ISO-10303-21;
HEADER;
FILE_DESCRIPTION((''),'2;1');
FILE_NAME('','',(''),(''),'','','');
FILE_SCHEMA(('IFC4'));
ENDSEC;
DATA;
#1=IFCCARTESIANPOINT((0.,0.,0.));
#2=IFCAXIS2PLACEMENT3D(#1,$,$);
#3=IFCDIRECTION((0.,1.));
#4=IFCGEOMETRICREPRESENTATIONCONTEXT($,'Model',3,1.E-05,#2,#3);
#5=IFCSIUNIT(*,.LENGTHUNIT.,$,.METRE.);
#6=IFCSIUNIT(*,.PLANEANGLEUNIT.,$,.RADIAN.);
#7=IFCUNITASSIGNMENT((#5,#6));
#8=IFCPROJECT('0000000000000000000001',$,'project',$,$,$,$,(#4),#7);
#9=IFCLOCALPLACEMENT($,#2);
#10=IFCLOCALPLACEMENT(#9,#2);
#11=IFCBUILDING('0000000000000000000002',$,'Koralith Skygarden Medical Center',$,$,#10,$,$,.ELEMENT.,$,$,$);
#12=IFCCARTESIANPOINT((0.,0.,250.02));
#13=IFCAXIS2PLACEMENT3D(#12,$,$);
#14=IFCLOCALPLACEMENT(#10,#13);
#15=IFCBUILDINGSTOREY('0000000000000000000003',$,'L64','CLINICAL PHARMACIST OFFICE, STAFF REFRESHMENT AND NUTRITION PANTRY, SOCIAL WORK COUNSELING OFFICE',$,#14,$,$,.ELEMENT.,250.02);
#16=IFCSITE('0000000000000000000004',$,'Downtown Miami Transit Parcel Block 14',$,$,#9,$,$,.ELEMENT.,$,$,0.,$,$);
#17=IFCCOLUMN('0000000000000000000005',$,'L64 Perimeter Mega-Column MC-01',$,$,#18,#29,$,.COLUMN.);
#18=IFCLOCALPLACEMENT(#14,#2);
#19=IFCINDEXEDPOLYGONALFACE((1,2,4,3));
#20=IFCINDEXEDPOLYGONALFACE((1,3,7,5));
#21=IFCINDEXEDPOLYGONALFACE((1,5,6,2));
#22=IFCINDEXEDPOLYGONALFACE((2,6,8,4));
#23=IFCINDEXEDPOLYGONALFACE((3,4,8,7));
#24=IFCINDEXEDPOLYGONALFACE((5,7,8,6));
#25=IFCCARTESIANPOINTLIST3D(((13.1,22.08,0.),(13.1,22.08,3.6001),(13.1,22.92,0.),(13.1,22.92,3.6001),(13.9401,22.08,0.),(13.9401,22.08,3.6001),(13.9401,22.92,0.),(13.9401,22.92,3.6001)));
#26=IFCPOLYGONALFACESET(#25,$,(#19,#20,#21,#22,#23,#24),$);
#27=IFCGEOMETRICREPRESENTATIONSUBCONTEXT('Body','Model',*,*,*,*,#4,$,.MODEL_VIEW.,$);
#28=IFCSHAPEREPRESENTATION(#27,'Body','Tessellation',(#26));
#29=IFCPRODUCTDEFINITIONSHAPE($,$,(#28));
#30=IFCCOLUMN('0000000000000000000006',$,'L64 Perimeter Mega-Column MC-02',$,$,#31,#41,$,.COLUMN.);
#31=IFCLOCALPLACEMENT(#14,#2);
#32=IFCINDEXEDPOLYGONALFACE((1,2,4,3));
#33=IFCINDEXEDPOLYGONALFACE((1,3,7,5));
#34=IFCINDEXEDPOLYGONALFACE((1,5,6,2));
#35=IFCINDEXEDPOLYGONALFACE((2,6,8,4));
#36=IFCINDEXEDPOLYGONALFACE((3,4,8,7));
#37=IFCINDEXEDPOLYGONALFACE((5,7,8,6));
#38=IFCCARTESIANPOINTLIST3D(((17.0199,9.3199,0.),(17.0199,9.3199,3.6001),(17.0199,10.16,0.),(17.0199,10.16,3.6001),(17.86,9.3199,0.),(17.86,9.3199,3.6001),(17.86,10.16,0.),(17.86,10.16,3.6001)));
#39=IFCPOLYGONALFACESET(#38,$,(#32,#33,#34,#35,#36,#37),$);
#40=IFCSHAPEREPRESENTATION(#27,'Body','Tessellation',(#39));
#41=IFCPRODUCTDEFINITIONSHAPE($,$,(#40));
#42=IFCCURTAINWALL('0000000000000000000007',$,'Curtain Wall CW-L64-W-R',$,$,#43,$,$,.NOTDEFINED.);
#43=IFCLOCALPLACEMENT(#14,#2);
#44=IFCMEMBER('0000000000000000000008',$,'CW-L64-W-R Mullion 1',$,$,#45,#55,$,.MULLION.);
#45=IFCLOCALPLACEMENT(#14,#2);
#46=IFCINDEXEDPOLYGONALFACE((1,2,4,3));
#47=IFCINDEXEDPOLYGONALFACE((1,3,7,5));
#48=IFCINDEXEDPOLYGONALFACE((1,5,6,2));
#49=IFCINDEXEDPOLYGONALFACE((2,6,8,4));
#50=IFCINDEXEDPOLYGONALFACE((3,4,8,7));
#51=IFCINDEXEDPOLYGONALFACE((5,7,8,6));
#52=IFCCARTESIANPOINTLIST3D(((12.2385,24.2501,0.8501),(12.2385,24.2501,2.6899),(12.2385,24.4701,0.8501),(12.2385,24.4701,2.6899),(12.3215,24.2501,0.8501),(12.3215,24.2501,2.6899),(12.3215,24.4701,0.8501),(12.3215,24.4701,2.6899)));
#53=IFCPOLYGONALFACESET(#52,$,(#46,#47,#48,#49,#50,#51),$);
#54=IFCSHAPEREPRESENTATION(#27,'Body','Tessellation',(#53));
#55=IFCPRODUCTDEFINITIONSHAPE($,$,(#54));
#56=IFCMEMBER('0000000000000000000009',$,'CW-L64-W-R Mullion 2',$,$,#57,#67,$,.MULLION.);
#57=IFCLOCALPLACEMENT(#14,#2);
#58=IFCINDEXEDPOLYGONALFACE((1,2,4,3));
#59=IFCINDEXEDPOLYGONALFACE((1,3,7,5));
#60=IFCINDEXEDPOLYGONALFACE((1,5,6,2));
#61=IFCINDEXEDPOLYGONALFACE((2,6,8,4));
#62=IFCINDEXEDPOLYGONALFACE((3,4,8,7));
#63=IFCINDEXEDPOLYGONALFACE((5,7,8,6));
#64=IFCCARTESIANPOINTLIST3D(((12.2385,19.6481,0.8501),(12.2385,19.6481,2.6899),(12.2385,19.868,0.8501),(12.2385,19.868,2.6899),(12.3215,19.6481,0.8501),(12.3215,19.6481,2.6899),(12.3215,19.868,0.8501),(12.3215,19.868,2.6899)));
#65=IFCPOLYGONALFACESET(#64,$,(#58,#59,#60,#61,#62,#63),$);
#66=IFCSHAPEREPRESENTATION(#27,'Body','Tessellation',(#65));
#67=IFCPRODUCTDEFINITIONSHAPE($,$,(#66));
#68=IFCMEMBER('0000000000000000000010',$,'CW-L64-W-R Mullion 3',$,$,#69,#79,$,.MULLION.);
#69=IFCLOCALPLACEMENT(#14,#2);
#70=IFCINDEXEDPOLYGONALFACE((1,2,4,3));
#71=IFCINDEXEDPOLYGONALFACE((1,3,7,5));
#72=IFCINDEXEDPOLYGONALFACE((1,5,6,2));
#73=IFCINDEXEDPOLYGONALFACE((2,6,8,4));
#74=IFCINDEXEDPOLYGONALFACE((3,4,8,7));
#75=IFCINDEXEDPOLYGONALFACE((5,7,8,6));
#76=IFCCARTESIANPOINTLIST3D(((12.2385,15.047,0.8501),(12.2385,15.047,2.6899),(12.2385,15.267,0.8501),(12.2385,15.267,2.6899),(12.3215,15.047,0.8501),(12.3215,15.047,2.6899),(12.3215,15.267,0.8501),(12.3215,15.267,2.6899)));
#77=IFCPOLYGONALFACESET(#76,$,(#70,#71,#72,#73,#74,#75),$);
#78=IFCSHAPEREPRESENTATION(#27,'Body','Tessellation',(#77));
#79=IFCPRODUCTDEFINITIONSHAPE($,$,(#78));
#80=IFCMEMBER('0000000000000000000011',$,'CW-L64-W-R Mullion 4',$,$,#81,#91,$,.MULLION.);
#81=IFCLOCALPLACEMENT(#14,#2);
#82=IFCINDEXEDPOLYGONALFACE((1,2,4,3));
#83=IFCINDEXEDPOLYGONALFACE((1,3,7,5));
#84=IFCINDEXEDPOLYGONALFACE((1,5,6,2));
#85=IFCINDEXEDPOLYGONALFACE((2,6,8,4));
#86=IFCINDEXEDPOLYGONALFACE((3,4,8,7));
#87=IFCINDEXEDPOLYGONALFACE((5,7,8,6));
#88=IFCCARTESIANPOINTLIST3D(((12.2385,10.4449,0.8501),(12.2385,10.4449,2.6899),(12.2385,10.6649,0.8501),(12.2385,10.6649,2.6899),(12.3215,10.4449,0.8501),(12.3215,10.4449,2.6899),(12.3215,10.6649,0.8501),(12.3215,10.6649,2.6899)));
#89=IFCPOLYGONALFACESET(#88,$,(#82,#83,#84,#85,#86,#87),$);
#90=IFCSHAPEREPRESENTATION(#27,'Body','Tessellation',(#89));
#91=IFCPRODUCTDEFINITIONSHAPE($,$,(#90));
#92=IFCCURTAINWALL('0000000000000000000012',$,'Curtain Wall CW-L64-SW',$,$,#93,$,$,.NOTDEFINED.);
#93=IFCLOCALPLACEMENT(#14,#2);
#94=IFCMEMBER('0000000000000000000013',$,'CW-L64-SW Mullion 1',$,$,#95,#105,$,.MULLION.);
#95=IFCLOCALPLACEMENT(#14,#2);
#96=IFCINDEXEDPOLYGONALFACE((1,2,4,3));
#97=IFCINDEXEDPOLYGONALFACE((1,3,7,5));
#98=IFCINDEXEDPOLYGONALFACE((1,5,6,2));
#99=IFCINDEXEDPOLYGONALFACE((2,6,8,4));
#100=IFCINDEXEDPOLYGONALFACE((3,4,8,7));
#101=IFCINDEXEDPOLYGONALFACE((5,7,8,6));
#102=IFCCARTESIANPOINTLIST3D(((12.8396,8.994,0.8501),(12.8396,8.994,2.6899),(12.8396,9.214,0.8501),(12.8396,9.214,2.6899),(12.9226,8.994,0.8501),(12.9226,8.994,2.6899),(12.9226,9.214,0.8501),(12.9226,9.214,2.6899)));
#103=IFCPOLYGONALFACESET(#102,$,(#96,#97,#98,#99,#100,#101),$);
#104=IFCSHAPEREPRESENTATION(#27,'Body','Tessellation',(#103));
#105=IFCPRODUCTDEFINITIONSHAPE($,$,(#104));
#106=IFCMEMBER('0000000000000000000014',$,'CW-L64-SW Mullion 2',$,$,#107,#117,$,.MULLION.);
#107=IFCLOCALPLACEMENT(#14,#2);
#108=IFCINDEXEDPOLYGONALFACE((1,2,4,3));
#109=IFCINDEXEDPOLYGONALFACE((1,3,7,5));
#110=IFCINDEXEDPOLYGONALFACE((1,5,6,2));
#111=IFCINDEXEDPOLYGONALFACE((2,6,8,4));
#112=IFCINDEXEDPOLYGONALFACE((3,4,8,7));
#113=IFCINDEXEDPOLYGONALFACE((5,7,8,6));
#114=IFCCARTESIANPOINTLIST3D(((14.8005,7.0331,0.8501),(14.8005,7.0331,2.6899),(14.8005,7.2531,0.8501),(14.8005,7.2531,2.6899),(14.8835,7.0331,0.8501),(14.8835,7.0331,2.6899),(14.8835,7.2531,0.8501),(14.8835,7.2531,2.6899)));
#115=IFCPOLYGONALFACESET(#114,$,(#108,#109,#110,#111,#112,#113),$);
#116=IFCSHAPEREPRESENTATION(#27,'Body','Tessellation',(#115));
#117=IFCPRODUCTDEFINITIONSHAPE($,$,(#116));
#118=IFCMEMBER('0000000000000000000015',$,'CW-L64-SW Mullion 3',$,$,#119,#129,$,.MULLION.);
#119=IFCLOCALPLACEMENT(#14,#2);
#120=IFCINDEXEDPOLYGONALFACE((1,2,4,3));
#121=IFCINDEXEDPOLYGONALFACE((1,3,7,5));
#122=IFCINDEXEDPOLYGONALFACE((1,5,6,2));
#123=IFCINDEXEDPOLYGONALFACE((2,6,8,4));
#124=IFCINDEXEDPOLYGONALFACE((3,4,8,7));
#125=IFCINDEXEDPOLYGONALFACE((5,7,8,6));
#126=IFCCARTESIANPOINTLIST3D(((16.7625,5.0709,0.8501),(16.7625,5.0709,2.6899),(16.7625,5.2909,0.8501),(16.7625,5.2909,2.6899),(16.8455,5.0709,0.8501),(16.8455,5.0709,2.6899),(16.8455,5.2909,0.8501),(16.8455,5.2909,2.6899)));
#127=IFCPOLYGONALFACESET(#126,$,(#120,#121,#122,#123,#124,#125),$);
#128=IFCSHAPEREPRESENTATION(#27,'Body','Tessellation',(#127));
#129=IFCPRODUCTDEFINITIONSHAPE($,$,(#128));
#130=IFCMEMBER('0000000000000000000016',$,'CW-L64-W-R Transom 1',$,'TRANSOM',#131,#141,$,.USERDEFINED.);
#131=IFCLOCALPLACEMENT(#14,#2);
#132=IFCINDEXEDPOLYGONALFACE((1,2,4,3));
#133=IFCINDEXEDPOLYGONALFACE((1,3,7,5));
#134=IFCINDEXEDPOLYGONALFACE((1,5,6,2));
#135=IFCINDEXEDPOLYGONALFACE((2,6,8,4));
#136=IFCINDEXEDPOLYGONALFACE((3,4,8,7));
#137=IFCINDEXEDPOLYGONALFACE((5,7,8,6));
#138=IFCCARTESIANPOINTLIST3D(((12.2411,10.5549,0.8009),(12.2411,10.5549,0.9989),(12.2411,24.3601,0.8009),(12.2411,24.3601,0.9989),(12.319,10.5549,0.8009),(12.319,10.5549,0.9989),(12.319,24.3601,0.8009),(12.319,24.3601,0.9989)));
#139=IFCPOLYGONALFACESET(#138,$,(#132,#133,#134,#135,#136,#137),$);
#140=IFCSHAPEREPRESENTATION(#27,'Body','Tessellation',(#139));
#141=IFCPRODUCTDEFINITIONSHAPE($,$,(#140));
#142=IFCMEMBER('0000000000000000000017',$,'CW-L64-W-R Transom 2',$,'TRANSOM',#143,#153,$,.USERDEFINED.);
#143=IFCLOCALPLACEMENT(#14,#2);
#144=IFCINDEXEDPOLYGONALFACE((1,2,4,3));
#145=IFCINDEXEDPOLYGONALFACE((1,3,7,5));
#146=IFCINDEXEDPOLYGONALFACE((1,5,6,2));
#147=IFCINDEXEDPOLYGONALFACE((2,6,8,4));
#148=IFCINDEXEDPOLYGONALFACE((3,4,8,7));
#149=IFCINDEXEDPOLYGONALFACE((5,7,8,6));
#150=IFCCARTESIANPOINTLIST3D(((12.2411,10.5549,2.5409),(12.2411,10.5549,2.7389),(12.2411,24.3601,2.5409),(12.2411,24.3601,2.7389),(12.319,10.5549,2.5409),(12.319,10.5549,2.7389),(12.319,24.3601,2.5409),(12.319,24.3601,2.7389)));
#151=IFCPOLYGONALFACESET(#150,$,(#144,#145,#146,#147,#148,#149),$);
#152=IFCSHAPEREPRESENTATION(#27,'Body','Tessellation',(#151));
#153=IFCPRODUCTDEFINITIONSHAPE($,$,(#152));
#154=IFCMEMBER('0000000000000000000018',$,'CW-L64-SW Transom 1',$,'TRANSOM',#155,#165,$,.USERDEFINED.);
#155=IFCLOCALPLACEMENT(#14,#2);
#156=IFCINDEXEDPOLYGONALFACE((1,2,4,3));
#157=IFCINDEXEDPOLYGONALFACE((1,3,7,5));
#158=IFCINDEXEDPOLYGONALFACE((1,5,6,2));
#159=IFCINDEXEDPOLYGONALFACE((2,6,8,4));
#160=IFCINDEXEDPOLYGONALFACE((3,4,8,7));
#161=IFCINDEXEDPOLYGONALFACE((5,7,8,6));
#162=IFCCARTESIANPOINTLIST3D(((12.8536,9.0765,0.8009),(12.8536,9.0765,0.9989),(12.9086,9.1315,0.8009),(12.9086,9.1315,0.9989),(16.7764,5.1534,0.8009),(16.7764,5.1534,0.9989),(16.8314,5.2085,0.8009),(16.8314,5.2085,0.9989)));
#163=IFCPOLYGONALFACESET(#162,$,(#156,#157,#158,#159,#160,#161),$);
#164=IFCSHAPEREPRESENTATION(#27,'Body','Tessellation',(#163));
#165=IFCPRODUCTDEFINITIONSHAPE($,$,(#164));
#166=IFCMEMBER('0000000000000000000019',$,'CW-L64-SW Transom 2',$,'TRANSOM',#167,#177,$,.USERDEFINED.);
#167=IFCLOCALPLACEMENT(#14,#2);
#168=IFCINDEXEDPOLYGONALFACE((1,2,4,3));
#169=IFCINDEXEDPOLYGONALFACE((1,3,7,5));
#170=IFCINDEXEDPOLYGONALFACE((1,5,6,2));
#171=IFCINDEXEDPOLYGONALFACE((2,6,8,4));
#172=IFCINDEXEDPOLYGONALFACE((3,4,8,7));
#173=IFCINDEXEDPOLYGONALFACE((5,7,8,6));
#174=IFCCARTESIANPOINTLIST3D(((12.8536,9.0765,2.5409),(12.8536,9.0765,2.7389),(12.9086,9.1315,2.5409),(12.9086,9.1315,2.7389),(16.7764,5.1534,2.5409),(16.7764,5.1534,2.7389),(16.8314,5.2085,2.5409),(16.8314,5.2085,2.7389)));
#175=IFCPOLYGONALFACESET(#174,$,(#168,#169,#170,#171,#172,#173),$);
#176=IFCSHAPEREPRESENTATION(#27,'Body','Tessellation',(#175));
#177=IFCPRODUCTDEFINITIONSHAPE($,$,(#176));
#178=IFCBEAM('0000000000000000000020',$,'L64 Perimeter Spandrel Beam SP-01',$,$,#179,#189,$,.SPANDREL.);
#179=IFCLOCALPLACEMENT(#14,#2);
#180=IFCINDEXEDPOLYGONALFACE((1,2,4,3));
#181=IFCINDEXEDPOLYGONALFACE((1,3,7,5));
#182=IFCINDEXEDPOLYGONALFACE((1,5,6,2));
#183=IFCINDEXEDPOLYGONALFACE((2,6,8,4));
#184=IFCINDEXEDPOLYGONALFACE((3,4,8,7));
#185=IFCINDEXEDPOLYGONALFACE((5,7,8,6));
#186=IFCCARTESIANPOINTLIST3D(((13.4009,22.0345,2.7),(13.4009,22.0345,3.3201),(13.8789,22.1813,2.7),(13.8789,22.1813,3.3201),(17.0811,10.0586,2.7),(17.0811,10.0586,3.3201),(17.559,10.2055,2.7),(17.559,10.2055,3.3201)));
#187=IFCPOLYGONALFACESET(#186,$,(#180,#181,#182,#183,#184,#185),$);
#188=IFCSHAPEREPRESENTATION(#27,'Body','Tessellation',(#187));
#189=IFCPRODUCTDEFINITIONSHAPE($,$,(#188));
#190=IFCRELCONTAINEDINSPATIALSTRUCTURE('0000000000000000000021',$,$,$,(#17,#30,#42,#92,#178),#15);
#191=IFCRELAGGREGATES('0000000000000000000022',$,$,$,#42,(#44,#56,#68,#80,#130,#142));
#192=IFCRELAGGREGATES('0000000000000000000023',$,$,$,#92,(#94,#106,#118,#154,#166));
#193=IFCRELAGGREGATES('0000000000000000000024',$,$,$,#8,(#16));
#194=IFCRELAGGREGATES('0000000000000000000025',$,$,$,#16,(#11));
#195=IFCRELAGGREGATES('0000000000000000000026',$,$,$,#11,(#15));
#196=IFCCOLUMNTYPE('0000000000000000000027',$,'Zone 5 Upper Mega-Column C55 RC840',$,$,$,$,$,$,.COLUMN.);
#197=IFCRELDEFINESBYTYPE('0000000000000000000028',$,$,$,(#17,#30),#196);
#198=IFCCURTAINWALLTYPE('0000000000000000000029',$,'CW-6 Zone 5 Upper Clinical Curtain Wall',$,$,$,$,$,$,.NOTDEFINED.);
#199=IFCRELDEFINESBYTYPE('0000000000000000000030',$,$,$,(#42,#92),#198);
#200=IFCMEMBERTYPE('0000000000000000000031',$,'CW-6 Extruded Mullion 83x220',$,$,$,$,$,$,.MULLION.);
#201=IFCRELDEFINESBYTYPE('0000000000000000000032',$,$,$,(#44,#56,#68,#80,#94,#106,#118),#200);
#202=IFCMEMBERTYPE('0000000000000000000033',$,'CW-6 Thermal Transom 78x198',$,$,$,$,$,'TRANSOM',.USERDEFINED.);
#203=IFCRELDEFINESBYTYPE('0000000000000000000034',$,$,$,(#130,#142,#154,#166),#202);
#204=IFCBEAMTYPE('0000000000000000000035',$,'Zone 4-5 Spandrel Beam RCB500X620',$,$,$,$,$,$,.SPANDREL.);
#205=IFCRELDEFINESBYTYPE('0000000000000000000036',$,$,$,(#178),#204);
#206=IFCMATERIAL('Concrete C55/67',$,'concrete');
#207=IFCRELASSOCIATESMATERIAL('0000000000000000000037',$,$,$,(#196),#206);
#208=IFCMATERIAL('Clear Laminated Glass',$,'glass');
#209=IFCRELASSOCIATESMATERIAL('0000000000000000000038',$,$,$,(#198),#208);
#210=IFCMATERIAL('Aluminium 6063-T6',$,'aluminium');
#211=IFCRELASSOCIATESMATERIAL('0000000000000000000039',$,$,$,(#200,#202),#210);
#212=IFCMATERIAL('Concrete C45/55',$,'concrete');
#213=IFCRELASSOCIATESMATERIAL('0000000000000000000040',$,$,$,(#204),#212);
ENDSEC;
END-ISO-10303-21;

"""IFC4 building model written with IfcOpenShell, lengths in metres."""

from ifc_helpers import new_model, si_unit, direction, frame, origin, origin_2d, place, context, subcontext, project, spatial, rectangle, extrude, material, material_profile, profile_set, type_object, element, aggregate, save


model = new_model("IFC4")

# Units and contexts
model_context = context("Model", 3, precision=1e-05, world=origin(), true_north=direction((0.0, 1.0)))
body_context = subcontext(model_context, "Body", "Model", "MODEL_VIEW")
ifc_project = project(units=[si_unit("LENGTHUNIT", "METRE"), si_unit("PLANEANGLEUNIT", "RADIAN")], contexts=[model_context])

# Site, building, storey
site_placement = place(None, origin())
site = spatial("IfcSite", under=ifc_project, at=site_placement, Name="Downtown Miami Transit Parcel Block 14", CompositionType="ELEMENT", RefElevation=0.0)
building_placement = place(site_placement, origin())
building = spatial("IfcBuilding", under=site, at=building_placement, Name="Koralith Skygarden Medical Center", CompositionType="ELEMENT")
storey_placement = place(building_placement, frame((0.0, 0.0, 250.02)))
storey = spatial("IfcBuildingStorey", under=building, at=storey_placement, Name="L64", Description="CLINICAL PHARMACIST OFFICE, STAFF REFRESHMENT AND NUTRITION PANTRY, SOCIAL WORK COUNSELING OFFICE", CompositionType="ELEMENT", Elevation=250.02)

# Columns
ifc_material_1 = material(Name="Concrete C55/67", Category="concrete")
ifc_material_profile_1 = material_profile(ifc_material_1, rectangle(XDim=0.8401, YDim=0.8401, at=origin_2d()), Name="RC840X840")
ifc_profile_set_1 = profile_set([ifc_material_profile_1], Name="Concrete C55/67")
column_type = type_object("IfcColumnType", Name="Zone 5 Upper Mega-Column C55 RC840", PredefinedType="COLUMN", material=ifc_profile_set_1)
for number, where, z_axis, x_axis, name in (
    (1, (13.52, 22.5, 0.0), (0.0, 0.0, 1.0), (1.0, 0.0, 0.0), "L64 Perimeter Mega-Column MC-01"),
    (2, (17.4399, 9.74, 0.0), (0.0, 0.0, 1.0), (1.0, 0.0, 0.0), "L64 Perimeter Mega-Column MC-02"),
):
    element("IfcColumn", number, at=place(storey_placement, frame(where, z_axis=z_axis, x_axis=x_axis)), inside=storey, type_object=column_type, Name=name, PredefinedType="COLUMN", context=body_context, shape_type="SweptSolid", body=[
        extrude(rectangle(XDim=0.8401, YDim=0.8401, at=origin_2d()), origin(), (0.0, 0.0, 1.0), 3.6001),
    ])

# Curtain walls, members
ifc_material_2 = material(Name="Clear Laminated Glass", Category="glass")
curtain_wall_type = type_object("IfcCurtainWallType", Name="CW-6 Zone 5 Upper Clinical Curtain Wall", PredefinedType="NOTDEFINED", material=ifc_material_2)
curtain_wall_1_placement = place(storey_placement, origin())
curtain_wall_1 = element("IfcCurtainWall", 3, at=curtain_wall_1_placement, inside=storey, type_object=curtain_wall_type, Name="Curtain Wall CW-L64-W-R", PredefinedType="NOTDEFINED")
ifc_material_3 = material(Name="Aluminium 6063-T6", Category="aluminium")
ifc_material_profile_2 = material_profile(ifc_material_3, rectangle(XDim=0.083, YDim=0.22, at=origin_2d()), Name="MUL83X220")
ifc_profile_set_2 = profile_set([ifc_material_profile_2], Name="Aluminium 6063-T6")
member_type_1 = type_object("IfcMemberType", Name="CW-6 Extruded Mullion 83x220", PredefinedType="MULLION", material=ifc_profile_set_2)
member_1_placement = place(storey_placement, frame((12.28, 24.3601, 0.8501), z_axis=(0.0, 0.0, 1.0), x_axis=(1.0, 0.0, 0.0)))
member_1 = element("IfcMember", 4, at=member_1_placement, type_object=member_type_1, Name="CW-L64-W-R Mullion 1", PredefinedType="MULLION", context=body_context, shape_type="SweptSolid", body=[
    extrude(rectangle(XDim=0.083, YDim=0.22, at=origin_2d()), origin(), (0.0, 0.0, 1.0), 1.8398),
])
member_2_placement = place(storey_placement, frame((12.28, 19.7581, 0.8501), z_axis=(0.0, 0.0, 1.0), x_axis=(1.0, 0.0, 0.0)))
member_2 = element("IfcMember", 5, at=member_2_placement, type_object=member_type_1, Name="CW-L64-W-R Mullion 2", PredefinedType="MULLION", context=body_context, shape_type="SweptSolid", body=[
    extrude(rectangle(XDim=0.083, YDim=0.22, at=origin_2d()), origin(), (0.0, 0.0, 1.0), 1.8398),
])
member_3_placement = place(storey_placement, frame((12.28, 15.157, 0.8501), z_axis=(0.0, 0.0, 1.0), x_axis=(1.0, 0.0, 0.0)))
member_3 = element("IfcMember", 6, at=member_3_placement, type_object=member_type_1, Name="CW-L64-W-R Mullion 3", PredefinedType="MULLION", context=body_context, shape_type="SweptSolid", body=[
    extrude(rectangle(XDim=0.083, YDim=0.22, at=origin_2d()), origin(), (0.0, 0.0, 1.0), 1.8398),
])
member_4_placement = place(storey_placement, frame((12.28, 10.5549, 0.8501), z_axis=(0.0, 0.0, 1.0), x_axis=(1.0, 0.0, 0.0)))
member_4 = element("IfcMember", 7, at=member_4_placement, type_object=member_type_1, Name="CW-L64-W-R Mullion 4", PredefinedType="MULLION", context=body_context, shape_type="SweptSolid", body=[
    extrude(rectangle(XDim=0.083, YDim=0.22, at=origin_2d()), origin(), (0.0, 0.0, 1.0), 1.8398),
])
curtain_wall_2_placement = place(storey_placement, origin())
curtain_wall_2 = element("IfcCurtainWall", 8, at=curtain_wall_2_placement, inside=storey, type_object=curtain_wall_type, Name="Curtain Wall CW-L64-SW", PredefinedType="NOTDEFINED")
member_5_placement = place(storey_placement, frame((12.8811, 9.104, 0.8501), z_axis=(0.0, 0.0, 1.0), x_axis=(1.0, 0.0, 0.0)))
member_5 = element("IfcMember", 9, at=member_5_placement, type_object=member_type_1, Name="CW-L64-SW Mullion 1", PredefinedType="MULLION", context=body_context, shape_type="SweptSolid", body=[
    extrude(rectangle(XDim=0.083, YDim=0.22, at=origin_2d()), origin(), (0.0, 0.0, 1.0), 1.8398),
])
member_6_placement = place(storey_placement, frame((14.842, 7.1431, 0.8501), z_axis=(0.0, 0.0, 1.0), x_axis=(1.0, 0.0, 0.0)))
member_6 = element("IfcMember", 10, at=member_6_placement, type_object=member_type_1, Name="CW-L64-SW Mullion 2", PredefinedType="MULLION", context=body_context, shape_type="SweptSolid", body=[
    extrude(rectangle(XDim=0.083, YDim=0.22, at=origin_2d()), origin(), (0.0, 0.0, 1.0), 1.8398),
])
member_7_placement = place(storey_placement, frame((16.804, 5.1809, 0.8501), z_axis=(0.0, 0.0, 1.0), x_axis=(1.0, 0.0, 0.0)))
member_7 = element("IfcMember", 11, at=member_7_placement, type_object=member_type_1, Name="CW-L64-SW Mullion 3", PredefinedType="MULLION", context=body_context, shape_type="SweptSolid", body=[
    extrude(rectangle(XDim=0.083, YDim=0.22, at=origin_2d()), origin(), (0.0, 0.0, 1.0), 1.8398),
])

# Members
ifc_material_profile_3 = material_profile(ifc_material_3, rectangle(XDim=0.0779, YDim=0.198, at=origin_2d()), Name="TRN78X198")
ifc_profile_set_3 = profile_set([ifc_material_profile_3], Name="Aluminium 6063-T6")
member_type_2 = type_object("IfcMemberType", Name="CW-6 Thermal Transom 78x198", ElementType="TRANSOM", PredefinedType="USERDEFINED", material=ifc_profile_set_3)
member_8_placement = place(storey_placement, frame((12.28, 24.3601, 0.8999), z_axis=(0.0, -1.0, 0.0), x_axis=(1.0, 0.0, 0.0)))
member_8 = element("IfcMember", 12, at=member_8_placement, type_object=member_type_2, Name="CW-L64-W-R Transom 1", ObjectType="TRANSOM", PredefinedType="USERDEFINED", context=body_context, shape_type="SweptSolid", body=[
    extrude(rectangle(XDim=0.0779, YDim=0.198, at=origin_2d()), origin(), (0.0, 0.0, 1.0), 13.8052),
])
member_9_placement = place(storey_placement, frame((12.28, 24.3601, 2.6399), z_axis=(0.0, -1.0, 0.0), x_axis=(1.0, 0.0, 0.0)))
member_9 = element("IfcMember", 13, at=member_9_placement, type_object=member_type_2, Name="CW-L64-W-R Transom 2", ObjectType="TRANSOM", PredefinedType="USERDEFINED", context=body_context, shape_type="SweptSolid", body=[
    extrude(rectangle(XDim=0.0779, YDim=0.198, at=origin_2d()), origin(), (0.0, 0.0, 1.0), 13.8052),
])
member_10_placement = place(storey_placement, frame((12.8811, 9.104, 0.8999), z_axis=(0.707085, -0.707129, 0.0), x_axis=(0.707129, 0.707085, 0.0)))
member_10 = element("IfcMember", 14, at=member_10_placement, type_object=member_type_2, Name="CW-L64-SW Transom 1", ObjectType="TRANSOM", PredefinedType="USERDEFINED", context=body_context, shape_type="SweptSolid", body=[
    extrude(rectangle(XDim=0.0779, YDim=0.198, at=origin_2d()), origin(), (0.0, 0.0, 1.0), 5.5479),
])
member_11_placement = place(storey_placement, frame((12.8811, 9.104, 2.6399), z_axis=(0.707085, -0.707129, 0.0), x_axis=(0.707129, 0.707085, 0.0)))
member_11 = element("IfcMember", 15, at=member_11_placement, type_object=member_type_2, Name="CW-L64-SW Transom 2", ObjectType="TRANSOM", PredefinedType="USERDEFINED", context=body_context, shape_type="SweptSolid", body=[
    extrude(rectangle(XDim=0.0779, YDim=0.198, at=origin_2d()), origin(), (0.0, 0.0, 1.0), 5.5479),
])

# Beam
ifc_material_4 = material(Name="Concrete C45/55", Category="concrete")
ifc_material_profile_4 = material_profile(ifc_material_4, rectangle(XDim=0.5, YDim=0.6201, at=origin_2d()), Name="RCB500X620")
ifc_profile_set_4 = profile_set([ifc_material_profile_4], Name="Concrete C45/55")
beam_type = type_object("IfcBeamType", Name="Zone 4-5 Spandrel Beam RCB500X620", PredefinedType="SPANDREL", material=ifc_profile_set_4)
beam_1_placement = place(storey_placement, frame((13.6399, 22.1079, 3.01), z_axis=(0.293743, -0.955884, 0.0), x_axis=(0.955884, 0.293743, 0.0)))
element("IfcBeam", 16, at=beam_1_placement, inside=storey, type_object=beam_type, Name="L64 Perimeter Spandrel Beam SP-01", PredefinedType="SPANDREL", context=body_context, shape_type="SweptSolid", body=[
    extrude(rectangle(XDim=0.5, YDim=0.6201, at=origin_2d()), origin(), (0.0, 0.0, 1.0), 12.5286),
])

aggregate(curtain_wall_1, [member_1, member_2, member_3, member_4, member_8, member_9])
aggregate(curtain_wall_2, [member_5, member_6, member_7, member_10, member_11])

save(model, "model.ifc")
